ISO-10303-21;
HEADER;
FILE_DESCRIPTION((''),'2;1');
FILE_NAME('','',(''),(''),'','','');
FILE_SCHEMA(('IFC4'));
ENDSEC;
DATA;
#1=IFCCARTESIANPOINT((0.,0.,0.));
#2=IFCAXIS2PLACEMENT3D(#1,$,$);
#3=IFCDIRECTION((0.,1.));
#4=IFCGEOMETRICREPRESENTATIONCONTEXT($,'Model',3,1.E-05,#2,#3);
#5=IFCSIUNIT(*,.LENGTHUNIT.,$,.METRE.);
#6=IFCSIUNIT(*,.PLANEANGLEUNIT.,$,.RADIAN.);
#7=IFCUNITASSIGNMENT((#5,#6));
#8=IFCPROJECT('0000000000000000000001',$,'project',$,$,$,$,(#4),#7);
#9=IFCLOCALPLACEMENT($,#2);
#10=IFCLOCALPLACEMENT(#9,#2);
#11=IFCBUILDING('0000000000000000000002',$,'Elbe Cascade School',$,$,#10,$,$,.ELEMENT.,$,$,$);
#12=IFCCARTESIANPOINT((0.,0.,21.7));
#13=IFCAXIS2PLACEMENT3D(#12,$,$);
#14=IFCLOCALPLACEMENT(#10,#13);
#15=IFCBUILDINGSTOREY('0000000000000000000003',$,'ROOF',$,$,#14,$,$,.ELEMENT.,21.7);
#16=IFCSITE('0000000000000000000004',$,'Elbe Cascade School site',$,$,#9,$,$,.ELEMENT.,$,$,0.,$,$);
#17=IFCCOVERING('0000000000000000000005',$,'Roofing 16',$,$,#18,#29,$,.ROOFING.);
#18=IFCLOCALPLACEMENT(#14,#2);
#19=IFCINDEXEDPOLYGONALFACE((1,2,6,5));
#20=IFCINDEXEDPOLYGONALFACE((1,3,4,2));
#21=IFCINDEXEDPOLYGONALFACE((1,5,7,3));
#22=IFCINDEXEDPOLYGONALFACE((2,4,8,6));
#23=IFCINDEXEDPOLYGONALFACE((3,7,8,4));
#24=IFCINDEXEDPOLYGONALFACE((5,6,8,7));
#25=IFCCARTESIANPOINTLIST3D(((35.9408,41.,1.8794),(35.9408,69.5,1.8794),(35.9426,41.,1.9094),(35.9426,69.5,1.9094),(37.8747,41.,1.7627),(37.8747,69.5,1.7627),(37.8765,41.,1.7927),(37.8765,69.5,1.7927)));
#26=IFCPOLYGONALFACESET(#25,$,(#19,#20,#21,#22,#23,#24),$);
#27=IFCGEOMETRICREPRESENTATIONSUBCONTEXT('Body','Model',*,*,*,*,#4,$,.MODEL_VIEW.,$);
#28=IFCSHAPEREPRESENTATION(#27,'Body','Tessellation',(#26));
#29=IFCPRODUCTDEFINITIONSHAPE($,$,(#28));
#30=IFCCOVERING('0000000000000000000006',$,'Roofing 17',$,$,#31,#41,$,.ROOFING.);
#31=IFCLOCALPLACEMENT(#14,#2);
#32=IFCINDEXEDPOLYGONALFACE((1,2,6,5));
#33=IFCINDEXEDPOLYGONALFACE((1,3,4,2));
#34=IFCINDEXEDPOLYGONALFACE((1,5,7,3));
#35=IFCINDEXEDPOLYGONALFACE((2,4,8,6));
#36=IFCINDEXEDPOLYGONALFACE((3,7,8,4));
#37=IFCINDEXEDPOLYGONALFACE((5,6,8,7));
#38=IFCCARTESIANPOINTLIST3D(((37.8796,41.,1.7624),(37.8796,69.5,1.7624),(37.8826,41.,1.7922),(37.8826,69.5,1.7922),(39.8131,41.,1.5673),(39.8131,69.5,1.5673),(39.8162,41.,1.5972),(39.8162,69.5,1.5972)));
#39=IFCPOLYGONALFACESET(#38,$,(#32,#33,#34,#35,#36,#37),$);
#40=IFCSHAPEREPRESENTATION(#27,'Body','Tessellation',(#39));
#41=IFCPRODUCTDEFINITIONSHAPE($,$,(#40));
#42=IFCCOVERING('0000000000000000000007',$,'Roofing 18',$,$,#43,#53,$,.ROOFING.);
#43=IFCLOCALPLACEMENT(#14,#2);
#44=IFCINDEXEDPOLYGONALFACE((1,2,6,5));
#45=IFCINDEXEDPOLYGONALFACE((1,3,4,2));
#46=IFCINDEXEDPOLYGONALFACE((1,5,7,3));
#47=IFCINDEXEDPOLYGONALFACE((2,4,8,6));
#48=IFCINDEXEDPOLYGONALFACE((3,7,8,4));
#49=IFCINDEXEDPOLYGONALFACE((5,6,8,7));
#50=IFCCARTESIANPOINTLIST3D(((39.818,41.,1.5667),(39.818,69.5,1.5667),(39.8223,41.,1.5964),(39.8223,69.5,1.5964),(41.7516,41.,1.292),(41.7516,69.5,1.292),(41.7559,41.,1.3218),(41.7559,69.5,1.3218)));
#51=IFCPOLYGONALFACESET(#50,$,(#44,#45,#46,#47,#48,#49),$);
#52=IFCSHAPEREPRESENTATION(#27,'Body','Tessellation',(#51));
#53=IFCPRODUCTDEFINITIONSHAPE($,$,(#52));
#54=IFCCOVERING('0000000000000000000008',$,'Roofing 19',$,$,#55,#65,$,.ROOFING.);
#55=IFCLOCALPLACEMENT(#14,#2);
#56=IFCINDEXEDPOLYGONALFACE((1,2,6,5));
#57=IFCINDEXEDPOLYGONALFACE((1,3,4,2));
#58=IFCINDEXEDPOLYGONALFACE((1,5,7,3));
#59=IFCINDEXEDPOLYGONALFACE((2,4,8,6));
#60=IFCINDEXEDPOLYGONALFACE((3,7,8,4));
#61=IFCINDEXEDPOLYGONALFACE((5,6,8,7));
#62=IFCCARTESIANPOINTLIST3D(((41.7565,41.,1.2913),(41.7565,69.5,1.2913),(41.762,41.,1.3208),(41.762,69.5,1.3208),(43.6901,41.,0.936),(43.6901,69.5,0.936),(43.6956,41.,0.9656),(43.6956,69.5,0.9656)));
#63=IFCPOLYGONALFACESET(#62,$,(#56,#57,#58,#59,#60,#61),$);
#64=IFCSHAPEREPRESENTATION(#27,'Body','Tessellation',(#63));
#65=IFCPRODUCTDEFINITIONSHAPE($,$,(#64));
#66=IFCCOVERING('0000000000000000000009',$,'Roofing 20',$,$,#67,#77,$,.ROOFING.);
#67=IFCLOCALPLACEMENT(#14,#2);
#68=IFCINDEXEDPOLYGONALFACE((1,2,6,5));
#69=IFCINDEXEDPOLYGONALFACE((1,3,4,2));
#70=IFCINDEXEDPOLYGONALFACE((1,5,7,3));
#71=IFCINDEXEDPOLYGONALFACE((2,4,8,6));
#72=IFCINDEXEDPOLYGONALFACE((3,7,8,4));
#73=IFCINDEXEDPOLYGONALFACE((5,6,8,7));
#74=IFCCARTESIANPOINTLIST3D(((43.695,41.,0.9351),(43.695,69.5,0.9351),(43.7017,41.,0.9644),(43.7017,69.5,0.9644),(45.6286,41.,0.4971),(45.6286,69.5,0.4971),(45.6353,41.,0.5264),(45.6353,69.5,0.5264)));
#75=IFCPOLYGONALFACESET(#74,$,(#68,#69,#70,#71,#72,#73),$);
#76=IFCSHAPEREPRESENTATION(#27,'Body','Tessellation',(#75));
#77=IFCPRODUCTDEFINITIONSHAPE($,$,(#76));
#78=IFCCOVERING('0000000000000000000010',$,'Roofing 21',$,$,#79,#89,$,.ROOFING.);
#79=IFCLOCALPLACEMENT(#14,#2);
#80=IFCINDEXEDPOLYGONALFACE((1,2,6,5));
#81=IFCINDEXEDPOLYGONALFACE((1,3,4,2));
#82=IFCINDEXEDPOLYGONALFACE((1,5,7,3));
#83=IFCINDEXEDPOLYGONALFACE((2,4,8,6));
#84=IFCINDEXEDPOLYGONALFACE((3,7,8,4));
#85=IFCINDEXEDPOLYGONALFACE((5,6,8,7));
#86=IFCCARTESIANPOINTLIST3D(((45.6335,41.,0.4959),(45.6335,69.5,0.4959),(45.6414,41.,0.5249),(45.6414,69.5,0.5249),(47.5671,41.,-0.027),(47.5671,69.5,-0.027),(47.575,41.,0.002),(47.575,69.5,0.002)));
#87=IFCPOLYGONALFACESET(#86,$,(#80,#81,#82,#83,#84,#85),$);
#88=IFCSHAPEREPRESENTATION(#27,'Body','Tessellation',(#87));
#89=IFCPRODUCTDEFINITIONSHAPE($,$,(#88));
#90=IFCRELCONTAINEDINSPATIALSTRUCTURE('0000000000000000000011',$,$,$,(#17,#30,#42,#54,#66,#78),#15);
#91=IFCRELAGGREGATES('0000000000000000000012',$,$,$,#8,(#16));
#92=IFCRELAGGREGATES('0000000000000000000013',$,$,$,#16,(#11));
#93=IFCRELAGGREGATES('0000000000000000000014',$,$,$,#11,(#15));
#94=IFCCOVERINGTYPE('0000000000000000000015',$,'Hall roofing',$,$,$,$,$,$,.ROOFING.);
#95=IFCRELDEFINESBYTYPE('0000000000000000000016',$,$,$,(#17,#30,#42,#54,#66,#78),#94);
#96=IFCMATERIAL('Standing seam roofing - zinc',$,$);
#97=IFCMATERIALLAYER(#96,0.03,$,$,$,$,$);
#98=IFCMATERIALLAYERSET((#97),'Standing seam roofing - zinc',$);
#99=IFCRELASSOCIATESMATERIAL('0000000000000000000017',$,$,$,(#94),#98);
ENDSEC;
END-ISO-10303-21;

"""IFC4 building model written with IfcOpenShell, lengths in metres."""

from ifc_helpers import new_model, si_unit, direction, frame, origin, place, context, subcontext, project, spatial, polyline, outline, extrude, material, layer, layer_set, type_object, element, save


model = new_model("IFC4")

# Units and contexts
model_context = context("Model", 3, precision=1e-05, world=origin(), true_north=direction((0.0, 1.0)))
body_context = subcontext(model_context, "Body", "Model", "MODEL_VIEW")
ifc_project = project(units=[si_unit("LENGTHUNIT", "METRE"), si_unit("PLANEANGLEUNIT", "RADIAN")], contexts=[model_context])

# Site, building, storey
site_placement = place(None, origin())
site = spatial("IfcSite", under=ifc_project, at=site_placement, Name="Elbe Cascade School site", CompositionType="ELEMENT", RefElevation=0.0)
building_placement = place(site_placement, origin())
building = spatial("IfcBuilding", under=site, at=building_placement, Name="Elbe Cascade School", CompositionType="ELEMENT")
storey_placement = place(building_placement, frame((0.0, 0.0, 21.7)))
storey = spatial("IfcBuildingStorey", under=building, at=storey_placement, Name="ROOF", CompositionType="ELEMENT", Elevation=21.7)

# Coverings
ifc_material_1 = material(Name="Standing seam roofing - zinc")
ifc_layer_1 = layer(ifc_material_1, 0.03)
ifc_layer_set_1 = layer_set([ifc_layer_1], Name="Standing seam roofing - zinc")
covering_type = type_object("IfcCoveringType", Name="Hall roofing", PredefinedType="ROOFING", material=ifc_layer_set_1)
covering_1_placement = place(storey_placement, frame((35.9426, 41.0, 1.9094), z_axis=(0.060236, 0.0, 0.998184), x_axis=(0.998184, 0.0, -0.060236)))
element("IfcCovering", 1, at=covering_1_placement, inside=storey, type_object=covering_type, Name="Roofing 16", PredefinedType="ROOFING", context=body_context, shape_type="SweptSolid", body=[
    extrude(outline(polyline([(0.0, 0.0), (1.9374, 0.0), (1.9374, 28.5), (0.0, 28.5), (0.0, 0.0)])), origin(), (0.0, 0.0, -1.0), 0.03),
])
covering_2_placement = place(storey_placement, frame((37.8826, 41.0, 1.7922), z_axis=(0.100374, 0.0, 0.99495), x_axis=(0.99495, 0.0, -0.100374)))
element("IfcCovering", 2, at=covering_2_placement, inside=storey, type_object=covering_type, Name="Roofing 17", PredefinedType="ROOFING", context=body_context, shape_type="SweptSolid", body=[
    extrude(outline(polyline([(0.0, 0.0), (1.9434, 0.0), (1.9434, 28.5), (0.0, 28.5), (0.0, 0.0)])), origin(), (0.0, 0.0, -1.0), 0.03),
])
covering_3_placement = place(storey_placement, frame((39.8223, 41.0, 1.5964), z_axis=(0.140634, 0.0, 0.990062), x_axis=(0.990062, 0.0, -0.140634)))
element("IfcCovering", 3, at=covering_3_placement, inside=storey, type_object=covering_type, Name="Roofing 18", PredefinedType="ROOFING", context=body_context, shape_type="SweptSolid", body=[
    extrude(outline(polyline([(0.0, 0.0), (1.953, 0.0), (1.953, 28.5), (0.0, 28.5), (0.0, 0.0)])), origin(), (0.0, 0.0, -1.0), 0.03),
])
covering_4_placement = place(storey_placement, frame((41.762, 41.0, 1.3208), z_axis=(0.180688, 0.0, 0.98354), x_axis=(0.98354, 0.0, -0.180688)))
element("IfcCovering", 4, at=covering_4_placement, inside=storey, type_object=covering_type, Name="Roofing 19", PredefinedType="ROOFING", context=body_context, shape_type="SweptSolid", body=[
    extrude(outline(polyline([(0.0, 0.0), (1.966, 0.0), (1.966, 28.5), (0.0, 28.5), (0.0, 0.0)])), origin(), (0.0, 0.0, -1.0), 0.03),
])
covering_5_placement = place(storey_placement, frame((43.7017, 41.0, 0.9644), z_axis=(0.220918, 0.0, 0.975292), x_axis=(0.975292, 0.0, -0.220918)))
element("IfcCovering", 5, at=covering_5_placement, inside=storey, type_object=covering_type, Name="Roofing 20", PredefinedType="ROOFING", context=body_context, shape_type="SweptSolid", body=[
    extrude(outline(polyline([(0.0, 0.0), (1.9826, 0.0), (1.9826, 28.5), (0.0, 28.5), (0.0, 0.0)])), origin(), (0.0, 0.0, -1.0), 0.03),
])
covering_6_placement = place(storey_placement, frame((45.6414, 41.0, 0.5249), z_axis=(0.261075, 0.0, 0.965319), x_axis=(0.965319, 0.0, -0.261075)))
element("IfcCovering", 6, at=covering_6_placement, inside=storey, type_object=covering_type, Name="Roofing 21", PredefinedType="ROOFING", context=body_context, shape_type="SweptSolid", body=[
    extrude(outline(polyline([(0.0, 0.0), (2.0031, 0.0), (2.0031, 28.5), (0.0, 28.5), (0.0, 0.0)])), origin(), (0.0, 0.0, -1.0), 0.03),
])

save(model, "model.ifc")
